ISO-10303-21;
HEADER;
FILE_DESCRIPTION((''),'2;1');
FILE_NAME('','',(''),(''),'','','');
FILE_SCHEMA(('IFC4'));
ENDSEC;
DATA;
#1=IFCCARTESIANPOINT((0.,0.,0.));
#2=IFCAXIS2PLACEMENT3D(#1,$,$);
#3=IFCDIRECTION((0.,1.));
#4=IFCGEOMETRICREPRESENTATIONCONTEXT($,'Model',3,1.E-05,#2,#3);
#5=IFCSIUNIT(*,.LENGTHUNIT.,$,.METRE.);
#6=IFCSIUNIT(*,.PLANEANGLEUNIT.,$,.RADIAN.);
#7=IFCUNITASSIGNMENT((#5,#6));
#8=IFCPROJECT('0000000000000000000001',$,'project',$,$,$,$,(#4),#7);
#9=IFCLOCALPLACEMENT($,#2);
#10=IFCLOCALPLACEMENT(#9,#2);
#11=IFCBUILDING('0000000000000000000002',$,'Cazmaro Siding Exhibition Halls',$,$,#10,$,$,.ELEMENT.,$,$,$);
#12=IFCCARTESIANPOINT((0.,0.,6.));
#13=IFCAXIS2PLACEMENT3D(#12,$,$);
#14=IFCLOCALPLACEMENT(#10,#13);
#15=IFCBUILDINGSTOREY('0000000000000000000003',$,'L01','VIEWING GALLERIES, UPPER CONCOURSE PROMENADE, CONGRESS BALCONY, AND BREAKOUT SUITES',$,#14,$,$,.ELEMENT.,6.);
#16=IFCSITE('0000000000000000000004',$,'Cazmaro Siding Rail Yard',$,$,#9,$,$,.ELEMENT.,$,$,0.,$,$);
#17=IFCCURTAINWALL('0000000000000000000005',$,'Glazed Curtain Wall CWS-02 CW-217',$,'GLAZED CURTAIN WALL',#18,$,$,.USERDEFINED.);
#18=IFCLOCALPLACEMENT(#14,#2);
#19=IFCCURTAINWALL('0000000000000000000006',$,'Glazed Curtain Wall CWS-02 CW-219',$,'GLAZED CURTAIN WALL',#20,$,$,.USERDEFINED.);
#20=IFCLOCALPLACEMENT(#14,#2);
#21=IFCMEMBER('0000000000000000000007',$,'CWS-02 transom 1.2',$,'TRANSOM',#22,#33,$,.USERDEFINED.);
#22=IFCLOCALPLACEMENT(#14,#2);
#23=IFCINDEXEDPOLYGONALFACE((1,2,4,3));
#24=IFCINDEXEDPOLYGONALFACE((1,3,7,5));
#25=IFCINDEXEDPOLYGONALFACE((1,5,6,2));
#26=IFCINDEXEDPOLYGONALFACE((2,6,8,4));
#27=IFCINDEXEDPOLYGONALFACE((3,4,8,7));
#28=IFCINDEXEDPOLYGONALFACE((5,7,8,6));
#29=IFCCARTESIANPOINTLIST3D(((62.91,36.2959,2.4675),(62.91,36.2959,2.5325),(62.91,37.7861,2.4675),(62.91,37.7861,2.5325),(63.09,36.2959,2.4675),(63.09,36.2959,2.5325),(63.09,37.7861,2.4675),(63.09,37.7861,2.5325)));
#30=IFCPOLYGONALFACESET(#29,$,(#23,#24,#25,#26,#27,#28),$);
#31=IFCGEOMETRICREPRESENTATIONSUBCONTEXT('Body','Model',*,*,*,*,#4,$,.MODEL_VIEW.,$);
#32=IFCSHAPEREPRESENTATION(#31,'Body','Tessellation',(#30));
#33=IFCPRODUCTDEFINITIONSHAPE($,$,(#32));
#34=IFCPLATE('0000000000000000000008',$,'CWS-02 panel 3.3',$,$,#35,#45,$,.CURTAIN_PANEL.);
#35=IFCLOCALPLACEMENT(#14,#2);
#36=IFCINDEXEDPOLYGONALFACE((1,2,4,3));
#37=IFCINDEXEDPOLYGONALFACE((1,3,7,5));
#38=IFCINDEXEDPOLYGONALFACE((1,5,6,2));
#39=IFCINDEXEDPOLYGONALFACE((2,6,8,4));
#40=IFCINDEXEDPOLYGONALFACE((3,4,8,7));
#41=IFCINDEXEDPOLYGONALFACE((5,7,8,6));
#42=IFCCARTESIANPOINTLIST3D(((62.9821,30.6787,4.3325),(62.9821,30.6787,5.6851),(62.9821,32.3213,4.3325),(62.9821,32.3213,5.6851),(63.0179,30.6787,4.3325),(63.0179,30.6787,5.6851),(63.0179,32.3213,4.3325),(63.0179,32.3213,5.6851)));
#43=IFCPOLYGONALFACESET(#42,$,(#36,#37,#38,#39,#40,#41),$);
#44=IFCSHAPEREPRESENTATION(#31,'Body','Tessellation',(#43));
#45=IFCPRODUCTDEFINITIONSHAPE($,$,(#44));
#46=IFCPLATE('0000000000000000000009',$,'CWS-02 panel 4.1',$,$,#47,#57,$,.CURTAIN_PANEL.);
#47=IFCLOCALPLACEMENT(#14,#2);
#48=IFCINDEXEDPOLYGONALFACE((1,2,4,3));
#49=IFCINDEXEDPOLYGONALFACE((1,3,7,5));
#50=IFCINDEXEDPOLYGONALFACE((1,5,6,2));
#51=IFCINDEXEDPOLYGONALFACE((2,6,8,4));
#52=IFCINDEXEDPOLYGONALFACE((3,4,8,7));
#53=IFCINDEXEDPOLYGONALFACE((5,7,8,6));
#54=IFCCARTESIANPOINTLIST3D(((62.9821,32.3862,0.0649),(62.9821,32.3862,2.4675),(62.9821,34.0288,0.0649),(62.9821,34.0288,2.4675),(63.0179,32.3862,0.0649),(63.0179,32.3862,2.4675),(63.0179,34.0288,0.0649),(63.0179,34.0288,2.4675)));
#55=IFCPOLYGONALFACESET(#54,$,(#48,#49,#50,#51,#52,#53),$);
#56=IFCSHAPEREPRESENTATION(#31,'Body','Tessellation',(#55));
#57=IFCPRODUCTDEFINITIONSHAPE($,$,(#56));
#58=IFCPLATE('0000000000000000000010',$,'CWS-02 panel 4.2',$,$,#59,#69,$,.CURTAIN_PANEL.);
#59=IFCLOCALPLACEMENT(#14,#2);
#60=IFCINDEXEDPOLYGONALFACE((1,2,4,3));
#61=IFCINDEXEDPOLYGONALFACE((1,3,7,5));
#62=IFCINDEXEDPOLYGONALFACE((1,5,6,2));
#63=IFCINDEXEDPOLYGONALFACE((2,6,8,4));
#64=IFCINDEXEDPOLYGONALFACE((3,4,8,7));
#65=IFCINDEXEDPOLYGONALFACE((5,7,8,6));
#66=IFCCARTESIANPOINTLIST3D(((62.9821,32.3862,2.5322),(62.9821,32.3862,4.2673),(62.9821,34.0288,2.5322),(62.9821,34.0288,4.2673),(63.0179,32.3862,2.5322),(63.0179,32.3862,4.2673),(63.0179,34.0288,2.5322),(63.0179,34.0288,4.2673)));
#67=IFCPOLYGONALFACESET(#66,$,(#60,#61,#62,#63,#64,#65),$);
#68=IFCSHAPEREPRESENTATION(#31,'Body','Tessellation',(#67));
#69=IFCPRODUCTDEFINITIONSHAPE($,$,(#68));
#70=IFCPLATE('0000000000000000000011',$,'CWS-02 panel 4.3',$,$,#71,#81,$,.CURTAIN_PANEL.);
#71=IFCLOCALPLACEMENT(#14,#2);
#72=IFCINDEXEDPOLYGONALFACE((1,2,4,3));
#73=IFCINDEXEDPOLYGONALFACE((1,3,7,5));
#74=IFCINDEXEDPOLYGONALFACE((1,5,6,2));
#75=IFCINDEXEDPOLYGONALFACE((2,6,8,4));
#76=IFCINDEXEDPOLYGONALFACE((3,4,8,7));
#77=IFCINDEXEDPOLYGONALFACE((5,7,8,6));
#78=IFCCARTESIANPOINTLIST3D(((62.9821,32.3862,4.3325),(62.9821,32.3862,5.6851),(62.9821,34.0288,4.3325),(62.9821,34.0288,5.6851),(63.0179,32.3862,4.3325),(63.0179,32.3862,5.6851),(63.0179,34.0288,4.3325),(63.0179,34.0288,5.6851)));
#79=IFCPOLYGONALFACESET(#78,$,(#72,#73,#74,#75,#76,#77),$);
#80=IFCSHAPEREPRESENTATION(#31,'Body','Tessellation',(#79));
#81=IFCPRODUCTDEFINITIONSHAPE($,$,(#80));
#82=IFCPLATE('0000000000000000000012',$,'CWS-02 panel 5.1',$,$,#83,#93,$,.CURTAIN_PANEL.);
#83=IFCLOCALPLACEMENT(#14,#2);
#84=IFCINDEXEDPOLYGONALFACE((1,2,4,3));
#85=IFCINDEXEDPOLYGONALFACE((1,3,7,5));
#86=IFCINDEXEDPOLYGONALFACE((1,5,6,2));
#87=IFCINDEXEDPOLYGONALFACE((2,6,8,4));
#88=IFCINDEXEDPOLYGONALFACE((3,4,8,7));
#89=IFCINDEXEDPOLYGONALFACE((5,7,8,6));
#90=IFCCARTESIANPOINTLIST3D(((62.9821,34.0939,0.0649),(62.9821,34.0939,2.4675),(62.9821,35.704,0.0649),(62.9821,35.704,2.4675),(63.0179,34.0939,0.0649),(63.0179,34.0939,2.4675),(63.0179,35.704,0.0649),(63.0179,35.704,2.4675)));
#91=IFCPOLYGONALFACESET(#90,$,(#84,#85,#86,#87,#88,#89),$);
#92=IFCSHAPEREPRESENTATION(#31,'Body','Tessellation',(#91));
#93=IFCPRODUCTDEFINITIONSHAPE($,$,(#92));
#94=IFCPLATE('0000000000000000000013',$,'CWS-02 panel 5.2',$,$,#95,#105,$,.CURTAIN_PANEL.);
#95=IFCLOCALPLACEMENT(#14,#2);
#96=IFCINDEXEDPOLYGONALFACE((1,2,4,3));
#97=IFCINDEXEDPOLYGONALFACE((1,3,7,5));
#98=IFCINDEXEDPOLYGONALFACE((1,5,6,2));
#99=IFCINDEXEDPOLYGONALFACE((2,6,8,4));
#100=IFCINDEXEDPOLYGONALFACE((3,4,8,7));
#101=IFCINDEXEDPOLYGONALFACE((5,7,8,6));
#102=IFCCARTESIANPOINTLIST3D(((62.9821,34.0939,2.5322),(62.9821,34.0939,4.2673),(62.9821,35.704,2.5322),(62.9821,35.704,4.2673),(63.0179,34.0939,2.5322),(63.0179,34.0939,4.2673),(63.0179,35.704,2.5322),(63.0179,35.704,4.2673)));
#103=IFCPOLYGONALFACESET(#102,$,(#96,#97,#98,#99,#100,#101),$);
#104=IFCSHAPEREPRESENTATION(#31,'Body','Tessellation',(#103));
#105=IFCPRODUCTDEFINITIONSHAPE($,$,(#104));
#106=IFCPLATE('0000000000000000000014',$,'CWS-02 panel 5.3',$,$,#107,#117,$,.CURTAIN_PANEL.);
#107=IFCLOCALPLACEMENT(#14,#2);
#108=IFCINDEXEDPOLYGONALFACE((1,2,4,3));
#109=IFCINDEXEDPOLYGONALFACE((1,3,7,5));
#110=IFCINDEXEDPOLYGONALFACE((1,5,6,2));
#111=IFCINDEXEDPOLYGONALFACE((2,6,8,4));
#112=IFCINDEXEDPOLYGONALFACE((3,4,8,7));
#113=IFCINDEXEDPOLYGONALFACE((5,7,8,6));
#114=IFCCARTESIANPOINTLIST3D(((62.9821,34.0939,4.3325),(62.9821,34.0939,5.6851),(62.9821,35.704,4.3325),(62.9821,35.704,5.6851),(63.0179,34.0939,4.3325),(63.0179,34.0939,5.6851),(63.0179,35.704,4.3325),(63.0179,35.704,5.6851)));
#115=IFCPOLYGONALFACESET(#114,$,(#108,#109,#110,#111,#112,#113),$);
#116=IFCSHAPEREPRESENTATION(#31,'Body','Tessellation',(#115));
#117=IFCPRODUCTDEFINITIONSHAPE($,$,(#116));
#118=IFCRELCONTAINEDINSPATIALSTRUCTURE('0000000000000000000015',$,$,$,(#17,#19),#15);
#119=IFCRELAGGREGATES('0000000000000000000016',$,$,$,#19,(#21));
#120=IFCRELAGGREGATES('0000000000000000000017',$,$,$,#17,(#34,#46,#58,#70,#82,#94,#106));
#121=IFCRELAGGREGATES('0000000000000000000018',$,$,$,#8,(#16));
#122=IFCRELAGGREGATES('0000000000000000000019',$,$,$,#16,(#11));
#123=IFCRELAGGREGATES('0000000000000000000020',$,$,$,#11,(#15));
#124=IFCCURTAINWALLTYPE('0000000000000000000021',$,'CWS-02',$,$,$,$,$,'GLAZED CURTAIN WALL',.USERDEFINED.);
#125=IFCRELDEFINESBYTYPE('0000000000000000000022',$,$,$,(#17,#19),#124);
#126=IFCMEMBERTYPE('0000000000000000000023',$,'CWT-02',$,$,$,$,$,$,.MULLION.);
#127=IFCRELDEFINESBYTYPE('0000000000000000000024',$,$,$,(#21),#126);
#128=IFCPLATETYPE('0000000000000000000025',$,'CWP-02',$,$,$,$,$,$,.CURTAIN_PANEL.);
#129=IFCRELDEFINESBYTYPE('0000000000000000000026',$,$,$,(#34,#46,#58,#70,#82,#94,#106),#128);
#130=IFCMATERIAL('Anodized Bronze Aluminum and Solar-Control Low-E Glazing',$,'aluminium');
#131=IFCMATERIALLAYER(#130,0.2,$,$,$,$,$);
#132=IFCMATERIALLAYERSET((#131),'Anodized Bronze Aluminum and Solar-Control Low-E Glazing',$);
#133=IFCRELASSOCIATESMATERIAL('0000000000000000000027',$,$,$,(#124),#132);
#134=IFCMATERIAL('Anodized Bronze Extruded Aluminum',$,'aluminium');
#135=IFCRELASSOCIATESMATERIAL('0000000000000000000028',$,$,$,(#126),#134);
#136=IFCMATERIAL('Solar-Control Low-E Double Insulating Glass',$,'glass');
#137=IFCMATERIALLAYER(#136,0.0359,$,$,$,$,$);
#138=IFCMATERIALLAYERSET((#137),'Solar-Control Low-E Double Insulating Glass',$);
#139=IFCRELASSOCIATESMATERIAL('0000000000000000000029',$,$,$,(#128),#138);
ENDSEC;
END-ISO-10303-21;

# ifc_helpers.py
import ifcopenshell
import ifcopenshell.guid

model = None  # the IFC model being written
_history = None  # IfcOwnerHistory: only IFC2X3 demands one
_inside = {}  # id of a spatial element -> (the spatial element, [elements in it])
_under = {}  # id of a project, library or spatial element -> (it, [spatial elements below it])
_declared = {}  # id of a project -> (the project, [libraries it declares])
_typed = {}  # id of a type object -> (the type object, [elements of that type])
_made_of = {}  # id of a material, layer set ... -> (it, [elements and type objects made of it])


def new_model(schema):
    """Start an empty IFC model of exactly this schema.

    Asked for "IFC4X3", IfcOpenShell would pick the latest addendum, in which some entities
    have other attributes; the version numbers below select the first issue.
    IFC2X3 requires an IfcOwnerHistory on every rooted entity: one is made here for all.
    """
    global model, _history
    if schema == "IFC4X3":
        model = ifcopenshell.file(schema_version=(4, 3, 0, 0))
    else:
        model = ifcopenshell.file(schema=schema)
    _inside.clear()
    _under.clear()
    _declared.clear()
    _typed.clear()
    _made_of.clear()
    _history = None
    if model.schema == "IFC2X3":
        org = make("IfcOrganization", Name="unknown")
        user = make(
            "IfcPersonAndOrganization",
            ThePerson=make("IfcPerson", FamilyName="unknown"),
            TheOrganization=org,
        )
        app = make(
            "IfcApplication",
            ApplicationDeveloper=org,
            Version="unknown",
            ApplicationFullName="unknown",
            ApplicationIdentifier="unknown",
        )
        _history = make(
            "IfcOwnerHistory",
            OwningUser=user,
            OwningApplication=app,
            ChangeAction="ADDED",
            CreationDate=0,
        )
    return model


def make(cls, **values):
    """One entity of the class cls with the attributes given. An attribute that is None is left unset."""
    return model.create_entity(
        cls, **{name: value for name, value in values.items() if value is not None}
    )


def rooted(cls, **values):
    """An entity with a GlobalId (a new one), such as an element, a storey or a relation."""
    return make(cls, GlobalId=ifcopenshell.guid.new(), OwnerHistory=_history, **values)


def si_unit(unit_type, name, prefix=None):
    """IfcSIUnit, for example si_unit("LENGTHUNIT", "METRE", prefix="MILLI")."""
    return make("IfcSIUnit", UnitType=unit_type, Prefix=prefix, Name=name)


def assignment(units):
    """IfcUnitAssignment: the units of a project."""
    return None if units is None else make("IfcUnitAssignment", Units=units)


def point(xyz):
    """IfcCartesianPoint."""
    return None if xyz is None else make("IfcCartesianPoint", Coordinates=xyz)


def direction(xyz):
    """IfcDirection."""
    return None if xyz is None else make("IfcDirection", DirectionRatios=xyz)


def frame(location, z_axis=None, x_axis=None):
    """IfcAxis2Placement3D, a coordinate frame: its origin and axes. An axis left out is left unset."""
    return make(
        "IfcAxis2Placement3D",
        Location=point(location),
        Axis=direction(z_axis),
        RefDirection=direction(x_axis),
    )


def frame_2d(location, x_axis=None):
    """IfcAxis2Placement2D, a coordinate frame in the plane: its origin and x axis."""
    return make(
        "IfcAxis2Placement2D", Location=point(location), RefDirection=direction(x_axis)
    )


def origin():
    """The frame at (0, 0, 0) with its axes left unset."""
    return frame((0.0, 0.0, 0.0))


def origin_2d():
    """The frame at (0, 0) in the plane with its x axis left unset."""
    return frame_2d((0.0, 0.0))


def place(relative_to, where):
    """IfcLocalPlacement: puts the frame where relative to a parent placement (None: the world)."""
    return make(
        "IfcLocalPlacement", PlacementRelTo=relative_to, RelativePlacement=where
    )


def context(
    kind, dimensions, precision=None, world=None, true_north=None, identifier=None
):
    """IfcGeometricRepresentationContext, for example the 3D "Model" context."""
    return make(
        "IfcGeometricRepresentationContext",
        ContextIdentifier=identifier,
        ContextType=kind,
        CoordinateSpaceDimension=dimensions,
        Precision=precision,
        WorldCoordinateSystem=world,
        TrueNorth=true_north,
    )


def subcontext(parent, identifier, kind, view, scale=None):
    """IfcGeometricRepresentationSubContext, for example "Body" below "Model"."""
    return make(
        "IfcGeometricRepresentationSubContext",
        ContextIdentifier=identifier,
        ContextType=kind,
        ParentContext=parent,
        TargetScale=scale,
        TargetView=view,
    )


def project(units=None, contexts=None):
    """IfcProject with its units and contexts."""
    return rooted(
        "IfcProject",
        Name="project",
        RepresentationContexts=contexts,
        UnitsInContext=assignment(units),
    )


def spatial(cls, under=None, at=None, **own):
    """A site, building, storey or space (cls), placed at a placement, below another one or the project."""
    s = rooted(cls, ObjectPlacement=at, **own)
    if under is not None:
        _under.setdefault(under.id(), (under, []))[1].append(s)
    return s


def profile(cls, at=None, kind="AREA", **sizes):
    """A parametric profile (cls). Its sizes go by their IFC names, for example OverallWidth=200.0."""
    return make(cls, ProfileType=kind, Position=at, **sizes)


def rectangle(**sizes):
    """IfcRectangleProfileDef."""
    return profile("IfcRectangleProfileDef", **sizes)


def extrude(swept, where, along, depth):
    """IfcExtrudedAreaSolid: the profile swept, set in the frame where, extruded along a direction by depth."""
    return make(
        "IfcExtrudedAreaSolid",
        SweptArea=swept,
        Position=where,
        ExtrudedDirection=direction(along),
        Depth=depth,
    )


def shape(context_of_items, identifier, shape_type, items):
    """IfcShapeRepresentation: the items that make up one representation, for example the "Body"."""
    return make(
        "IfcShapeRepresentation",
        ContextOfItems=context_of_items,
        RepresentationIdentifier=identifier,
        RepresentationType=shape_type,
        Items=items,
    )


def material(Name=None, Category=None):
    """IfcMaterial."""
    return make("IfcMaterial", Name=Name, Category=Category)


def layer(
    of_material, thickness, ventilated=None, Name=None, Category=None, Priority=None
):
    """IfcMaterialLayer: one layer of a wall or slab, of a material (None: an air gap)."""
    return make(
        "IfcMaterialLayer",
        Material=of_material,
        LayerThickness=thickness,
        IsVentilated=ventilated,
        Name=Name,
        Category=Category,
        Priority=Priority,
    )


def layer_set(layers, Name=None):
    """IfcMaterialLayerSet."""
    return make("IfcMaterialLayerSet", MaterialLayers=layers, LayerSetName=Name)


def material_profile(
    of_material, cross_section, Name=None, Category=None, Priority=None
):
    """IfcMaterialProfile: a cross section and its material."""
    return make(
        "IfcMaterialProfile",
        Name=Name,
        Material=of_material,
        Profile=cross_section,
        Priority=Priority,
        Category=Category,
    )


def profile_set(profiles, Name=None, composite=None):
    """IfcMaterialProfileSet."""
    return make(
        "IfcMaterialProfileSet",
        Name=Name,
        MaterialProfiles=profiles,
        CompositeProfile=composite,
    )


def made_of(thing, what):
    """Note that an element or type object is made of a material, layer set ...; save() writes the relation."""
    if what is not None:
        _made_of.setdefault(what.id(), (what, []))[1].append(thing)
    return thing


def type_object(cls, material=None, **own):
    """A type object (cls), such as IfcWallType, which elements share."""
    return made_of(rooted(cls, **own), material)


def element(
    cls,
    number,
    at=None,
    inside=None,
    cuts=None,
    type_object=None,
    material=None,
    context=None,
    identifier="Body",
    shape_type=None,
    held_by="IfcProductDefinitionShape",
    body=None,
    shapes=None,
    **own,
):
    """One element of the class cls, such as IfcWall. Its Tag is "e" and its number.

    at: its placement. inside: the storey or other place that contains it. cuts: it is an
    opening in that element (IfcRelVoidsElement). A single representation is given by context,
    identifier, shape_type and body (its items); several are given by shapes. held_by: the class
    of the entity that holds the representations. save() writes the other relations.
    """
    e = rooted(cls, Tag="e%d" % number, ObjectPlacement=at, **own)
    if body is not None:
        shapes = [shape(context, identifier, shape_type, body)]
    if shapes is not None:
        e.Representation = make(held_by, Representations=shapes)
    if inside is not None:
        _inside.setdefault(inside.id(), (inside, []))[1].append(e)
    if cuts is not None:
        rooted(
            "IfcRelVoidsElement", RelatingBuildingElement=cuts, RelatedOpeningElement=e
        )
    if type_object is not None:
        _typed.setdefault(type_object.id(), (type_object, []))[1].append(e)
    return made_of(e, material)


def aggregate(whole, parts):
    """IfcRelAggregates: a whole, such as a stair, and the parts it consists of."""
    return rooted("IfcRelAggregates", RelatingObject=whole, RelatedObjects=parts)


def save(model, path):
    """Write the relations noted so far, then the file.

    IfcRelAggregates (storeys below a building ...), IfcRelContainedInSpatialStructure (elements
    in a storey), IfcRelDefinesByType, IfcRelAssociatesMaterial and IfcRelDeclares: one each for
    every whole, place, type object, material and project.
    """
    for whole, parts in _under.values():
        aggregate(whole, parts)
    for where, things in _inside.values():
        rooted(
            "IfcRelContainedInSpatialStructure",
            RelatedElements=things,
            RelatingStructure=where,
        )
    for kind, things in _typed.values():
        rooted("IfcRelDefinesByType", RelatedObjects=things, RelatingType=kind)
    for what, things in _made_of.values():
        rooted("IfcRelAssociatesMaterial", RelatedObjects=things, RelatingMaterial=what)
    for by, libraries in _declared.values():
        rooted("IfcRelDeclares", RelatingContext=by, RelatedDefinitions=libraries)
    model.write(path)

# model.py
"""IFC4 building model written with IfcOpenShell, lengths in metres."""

from ifc_helpers import new_model, si_unit, direction, frame, origin, origin_2d, place, context, subcontext, project, spatial, rectangle, extrude, material, layer, layer_set, material_profile, profile_set, type_object, element, aggregate, save


model = new_model("IFC4")

# Units and contexts
model_context = context("Model", 3, precision=1e-05, world=origin(), true_north=direction((0.0, 1.0)))
body_context = subcontext(model_context, "Body", "Model", "MODEL_VIEW")
ifc_project = project(units=[si_unit("LENGTHUNIT", "METRE"), si_unit("PLANEANGLEUNIT", "RADIAN")], contexts=[model_context])

# Site, building, storey
site_placement = place(None, origin())
site = spatial("IfcSite", under=ifc_project, at=site_placement, Name="Cazmaro Siding Rail Yard", CompositionType="ELEMENT", RefElevation=0.0)
building_placement = place(site_placement, origin())
building = spatial("IfcBuilding", under=site, at=building_placement, Name="Cazmaro Siding Exhibition Halls", CompositionType="ELEMENT")
storey_placement = place(building_placement, frame((0.0, 0.0, 6.0)))
storey = spatial("IfcBuildingStorey", under=building, at=storey_placement, Name="L01", Description="VIEWING GALLERIES, UPPER CONCOURSE PROMENADE, CONGRESS BALCONY, AND BREAKOUT SUITES", CompositionType="ELEMENT", Elevation=6.0)

# Curtain wall
ifc_material_1 = material(Name="Anodized Bronze Aluminum and Solar-Control Low-E Glazing", Category="aluminium")
ifc_layer_1 = layer(ifc_material_1, 0.2)
ifc_layer_set_1 = layer_set([ifc_layer_1], Name="Anodized Bronze Aluminum and Solar-Control Low-E Glazing")
curtain_wall_type = type_object("IfcCurtainWallType", Name="CWS-02", ElementType="GLAZED CURTAIN WALL", PredefinedType="USERDEFINED", material=ifc_layer_set_1)
curtain_wall_1_placement = place(storey_placement, origin())
curtain_wall_1 = element("IfcCurtainWall", 1, at=curtain_wall_1_placement, inside=storey, type_object=curtain_wall_type, Name="Glazed Curtain Wall CWS-02 CW-217", ObjectType="GLAZED CURTAIN WALL", PredefinedType="USERDEFINED")

# Curtain wall
curtain_wall_2_placement = place(storey_placement, origin())
curtain_wall_2 = element("IfcCurtainWall", 2, at=curtain_wall_2_placement, inside=storey, type_object=curtain_wall_type, Name="Glazed Curtain Wall CWS-02 CW-219", ObjectType="GLAZED CURTAIN WALL", PredefinedType="USERDEFINED")

# Member
ifc_material_2 = material(Name="Anodized Bronze Extruded Aluminum", Category="aluminium")
ifc_material_profile_1 = material_profile(ifc_material_2, rectangle(XDim=0.1799, YDim=0.0649, at=origin_2d()), Name="CWT-02")
ifc_profile_set_1 = profile_set([ifc_material_profile_1], Name="Anodized Bronze Extruded Aluminum")
member_type_1 = type_object("IfcMemberType", Name="CWT-02", PredefinedType="MULLION", material=ifc_profile_set_1)
member_1_placement = place(storey_placement, frame((63.0, 36.2959, 2.5), z_axis=(0.0, 1.0, 0.0), x_axis=(-1.0, 0.0, 0.0)))
member_1 = element("IfcMember", 3, at=member_1_placement, type_object=member_type_1, Name="CWS-02 transom 1.2", ObjectType="TRANSOM", PredefinedType="USERDEFINED", context=body_context, shape_type="SweptSolid", body=[
    extrude(rectangle(XDim=0.1799, YDim=0.0649, at=origin_2d()), origin(), (0.0, 0.0, 1.0), 1.4902),
])
aggregate(curtain_wall_2, [member_1])

# Plates
ifc_material_3 = material(Name="Solar-Control Low-E Double Insulating Glass", Category="glass")
ifc_layer_2 = layer(ifc_material_3, 0.0359)
ifc_layer_set_2 = layer_set([ifc_layer_2], Name="Solar-Control Low-E Double Insulating Glass")
plate_type = type_object("IfcPlateType", Name="CWP-02", PredefinedType="CURTAIN_PANEL", material=ifc_layer_set_2)
plate_1_placement = place(storey_placement, frame((63.0, 31.5, 4.3325), z_axis=(0.0, 0.0, 1.0), x_axis=(0.0, 1.0, 0.0)))
plate_1 = element("IfcPlate", 4, at=plate_1_placement, type_object=plate_type, Name="CWS-02 panel 3.3", PredefinedType="CURTAIN_PANEL", context=body_context, shape_type="SweptSolid", body=[
    extrude(rectangle(XDim=1.6426, YDim=0.0359, at=origin_2d()), origin(), (0.0, 0.0, 1.0), 1.3525),
])
plate_2_placement = place(storey_placement, frame((63.0, 33.2075, 0.0649), z_axis=(0.0, 0.0, 1.0), x_axis=(0.0, 1.0, 0.0)))
plate_2 = element("IfcPlate", 5, at=plate_2_placement, type_object=plate_type, Name="CWS-02 panel 4.1", PredefinedType="CURTAIN_PANEL", context=body_context, shape_type="SweptSolid", body=[
    extrude(rectangle(XDim=1.6426, YDim=0.0359, at=origin_2d()), origin(), (0.0, 0.0, 1.0), 2.4026),
])
plate_3_placement = place(storey_placement, frame((63.0, 33.2075, 2.5322), z_axis=(0.0, 0.0, 1.0), x_axis=(0.0, 1.0, 0.0)))
plate_3 = element("IfcPlate", 6, at=plate_3_placement, type_object=plate_type, Name="CWS-02 panel 4.2", PredefinedType="CURTAIN_PANEL", context=body_context, shape_type="SweptSolid", body=[
    extrude(rectangle(XDim=1.6426, YDim=0.0359, at=origin_2d()), origin(), (0.0, 0.0, 1.0), 1.7351),
])
plate_4_placement = place(storey_placement, frame((63.0, 33.2075, 4.3325), z_axis=(0.0, 0.0, 1.0), x_axis=(0.0, 1.0, 0.0)))
plate_4 = element("IfcPlate", 7, at=plate_4_placement, type_object=plate_type, Name="CWS-02 panel 4.3", PredefinedType="CURTAIN_PANEL", context=body_context, shape_type="SweptSolid", body=[
    extrude(rectangle(XDim=1.6426, YDim=0.0359, at=origin_2d()), origin(), (0.0, 0.0, 1.0), 1.3525),
])
plate_5_placement = place(storey_placement, frame((63.0, 34.8989, 0.0649), z_axis=(0.0, 0.0, 1.0), x_axis=(0.0, 1.0, 0.0)))
plate_5 = element("IfcPlate", 8, at=plate_5_placement, type_object=plate_type, Name="CWS-02 panel 5.1", PredefinedType="CURTAIN_PANEL", context=body_context, shape_type="SweptSolid", body=[
    extrude(rectangle(XDim=1.6101, YDim=0.0359, at=origin_2d()), origin(), (0.0, 0.0, 1.0), 2.4026),
])
plate_6_placement = place(storey_placement, frame((63.0, 34.8989, 2.5322), z_axis=(0.0, 0.0, 1.0), x_axis=(0.0, 1.0, 0.0)))
plate_6 = element("IfcPlate", 9, at=plate_6_placement, type_object=plate_type, Name="CWS-02 panel 5.2", PredefinedType="CURTAIN_PANEL", context=body_context, shape_type="SweptSolid", body=[
    extrude(rectangle(XDim=1.6101, YDim=0.0359, at=origin_2d()), origin(), (0.0, 0.0, 1.0), 1.7351),
])
plate_7_placement = place(storey_placement, frame((63.0, 34.8989, 4.3325), z_axis=(0.0, 0.0, 1.0), x_axis=(0.0, 1.0, 0.0)))
plate_7 = element("IfcPlate", 10, at=plate_7_placement, type_object=plate_type, Name="CWS-02 panel 5.3", PredefinedType="CURTAIN_PANEL", context=body_context, shape_type="SweptSolid", body=[
    extrude(rectangle(XDim=1.6101, YDim=0.0359, at=origin_2d()), origin(), (0.0, 0.0, 1.0), 1.3525),
])
aggregate(curtain_wall_1, [plate_1, plate_2, plate_3, plate_4, plate_5, plate_6, plate_7])

save(model, "model.ifc")
